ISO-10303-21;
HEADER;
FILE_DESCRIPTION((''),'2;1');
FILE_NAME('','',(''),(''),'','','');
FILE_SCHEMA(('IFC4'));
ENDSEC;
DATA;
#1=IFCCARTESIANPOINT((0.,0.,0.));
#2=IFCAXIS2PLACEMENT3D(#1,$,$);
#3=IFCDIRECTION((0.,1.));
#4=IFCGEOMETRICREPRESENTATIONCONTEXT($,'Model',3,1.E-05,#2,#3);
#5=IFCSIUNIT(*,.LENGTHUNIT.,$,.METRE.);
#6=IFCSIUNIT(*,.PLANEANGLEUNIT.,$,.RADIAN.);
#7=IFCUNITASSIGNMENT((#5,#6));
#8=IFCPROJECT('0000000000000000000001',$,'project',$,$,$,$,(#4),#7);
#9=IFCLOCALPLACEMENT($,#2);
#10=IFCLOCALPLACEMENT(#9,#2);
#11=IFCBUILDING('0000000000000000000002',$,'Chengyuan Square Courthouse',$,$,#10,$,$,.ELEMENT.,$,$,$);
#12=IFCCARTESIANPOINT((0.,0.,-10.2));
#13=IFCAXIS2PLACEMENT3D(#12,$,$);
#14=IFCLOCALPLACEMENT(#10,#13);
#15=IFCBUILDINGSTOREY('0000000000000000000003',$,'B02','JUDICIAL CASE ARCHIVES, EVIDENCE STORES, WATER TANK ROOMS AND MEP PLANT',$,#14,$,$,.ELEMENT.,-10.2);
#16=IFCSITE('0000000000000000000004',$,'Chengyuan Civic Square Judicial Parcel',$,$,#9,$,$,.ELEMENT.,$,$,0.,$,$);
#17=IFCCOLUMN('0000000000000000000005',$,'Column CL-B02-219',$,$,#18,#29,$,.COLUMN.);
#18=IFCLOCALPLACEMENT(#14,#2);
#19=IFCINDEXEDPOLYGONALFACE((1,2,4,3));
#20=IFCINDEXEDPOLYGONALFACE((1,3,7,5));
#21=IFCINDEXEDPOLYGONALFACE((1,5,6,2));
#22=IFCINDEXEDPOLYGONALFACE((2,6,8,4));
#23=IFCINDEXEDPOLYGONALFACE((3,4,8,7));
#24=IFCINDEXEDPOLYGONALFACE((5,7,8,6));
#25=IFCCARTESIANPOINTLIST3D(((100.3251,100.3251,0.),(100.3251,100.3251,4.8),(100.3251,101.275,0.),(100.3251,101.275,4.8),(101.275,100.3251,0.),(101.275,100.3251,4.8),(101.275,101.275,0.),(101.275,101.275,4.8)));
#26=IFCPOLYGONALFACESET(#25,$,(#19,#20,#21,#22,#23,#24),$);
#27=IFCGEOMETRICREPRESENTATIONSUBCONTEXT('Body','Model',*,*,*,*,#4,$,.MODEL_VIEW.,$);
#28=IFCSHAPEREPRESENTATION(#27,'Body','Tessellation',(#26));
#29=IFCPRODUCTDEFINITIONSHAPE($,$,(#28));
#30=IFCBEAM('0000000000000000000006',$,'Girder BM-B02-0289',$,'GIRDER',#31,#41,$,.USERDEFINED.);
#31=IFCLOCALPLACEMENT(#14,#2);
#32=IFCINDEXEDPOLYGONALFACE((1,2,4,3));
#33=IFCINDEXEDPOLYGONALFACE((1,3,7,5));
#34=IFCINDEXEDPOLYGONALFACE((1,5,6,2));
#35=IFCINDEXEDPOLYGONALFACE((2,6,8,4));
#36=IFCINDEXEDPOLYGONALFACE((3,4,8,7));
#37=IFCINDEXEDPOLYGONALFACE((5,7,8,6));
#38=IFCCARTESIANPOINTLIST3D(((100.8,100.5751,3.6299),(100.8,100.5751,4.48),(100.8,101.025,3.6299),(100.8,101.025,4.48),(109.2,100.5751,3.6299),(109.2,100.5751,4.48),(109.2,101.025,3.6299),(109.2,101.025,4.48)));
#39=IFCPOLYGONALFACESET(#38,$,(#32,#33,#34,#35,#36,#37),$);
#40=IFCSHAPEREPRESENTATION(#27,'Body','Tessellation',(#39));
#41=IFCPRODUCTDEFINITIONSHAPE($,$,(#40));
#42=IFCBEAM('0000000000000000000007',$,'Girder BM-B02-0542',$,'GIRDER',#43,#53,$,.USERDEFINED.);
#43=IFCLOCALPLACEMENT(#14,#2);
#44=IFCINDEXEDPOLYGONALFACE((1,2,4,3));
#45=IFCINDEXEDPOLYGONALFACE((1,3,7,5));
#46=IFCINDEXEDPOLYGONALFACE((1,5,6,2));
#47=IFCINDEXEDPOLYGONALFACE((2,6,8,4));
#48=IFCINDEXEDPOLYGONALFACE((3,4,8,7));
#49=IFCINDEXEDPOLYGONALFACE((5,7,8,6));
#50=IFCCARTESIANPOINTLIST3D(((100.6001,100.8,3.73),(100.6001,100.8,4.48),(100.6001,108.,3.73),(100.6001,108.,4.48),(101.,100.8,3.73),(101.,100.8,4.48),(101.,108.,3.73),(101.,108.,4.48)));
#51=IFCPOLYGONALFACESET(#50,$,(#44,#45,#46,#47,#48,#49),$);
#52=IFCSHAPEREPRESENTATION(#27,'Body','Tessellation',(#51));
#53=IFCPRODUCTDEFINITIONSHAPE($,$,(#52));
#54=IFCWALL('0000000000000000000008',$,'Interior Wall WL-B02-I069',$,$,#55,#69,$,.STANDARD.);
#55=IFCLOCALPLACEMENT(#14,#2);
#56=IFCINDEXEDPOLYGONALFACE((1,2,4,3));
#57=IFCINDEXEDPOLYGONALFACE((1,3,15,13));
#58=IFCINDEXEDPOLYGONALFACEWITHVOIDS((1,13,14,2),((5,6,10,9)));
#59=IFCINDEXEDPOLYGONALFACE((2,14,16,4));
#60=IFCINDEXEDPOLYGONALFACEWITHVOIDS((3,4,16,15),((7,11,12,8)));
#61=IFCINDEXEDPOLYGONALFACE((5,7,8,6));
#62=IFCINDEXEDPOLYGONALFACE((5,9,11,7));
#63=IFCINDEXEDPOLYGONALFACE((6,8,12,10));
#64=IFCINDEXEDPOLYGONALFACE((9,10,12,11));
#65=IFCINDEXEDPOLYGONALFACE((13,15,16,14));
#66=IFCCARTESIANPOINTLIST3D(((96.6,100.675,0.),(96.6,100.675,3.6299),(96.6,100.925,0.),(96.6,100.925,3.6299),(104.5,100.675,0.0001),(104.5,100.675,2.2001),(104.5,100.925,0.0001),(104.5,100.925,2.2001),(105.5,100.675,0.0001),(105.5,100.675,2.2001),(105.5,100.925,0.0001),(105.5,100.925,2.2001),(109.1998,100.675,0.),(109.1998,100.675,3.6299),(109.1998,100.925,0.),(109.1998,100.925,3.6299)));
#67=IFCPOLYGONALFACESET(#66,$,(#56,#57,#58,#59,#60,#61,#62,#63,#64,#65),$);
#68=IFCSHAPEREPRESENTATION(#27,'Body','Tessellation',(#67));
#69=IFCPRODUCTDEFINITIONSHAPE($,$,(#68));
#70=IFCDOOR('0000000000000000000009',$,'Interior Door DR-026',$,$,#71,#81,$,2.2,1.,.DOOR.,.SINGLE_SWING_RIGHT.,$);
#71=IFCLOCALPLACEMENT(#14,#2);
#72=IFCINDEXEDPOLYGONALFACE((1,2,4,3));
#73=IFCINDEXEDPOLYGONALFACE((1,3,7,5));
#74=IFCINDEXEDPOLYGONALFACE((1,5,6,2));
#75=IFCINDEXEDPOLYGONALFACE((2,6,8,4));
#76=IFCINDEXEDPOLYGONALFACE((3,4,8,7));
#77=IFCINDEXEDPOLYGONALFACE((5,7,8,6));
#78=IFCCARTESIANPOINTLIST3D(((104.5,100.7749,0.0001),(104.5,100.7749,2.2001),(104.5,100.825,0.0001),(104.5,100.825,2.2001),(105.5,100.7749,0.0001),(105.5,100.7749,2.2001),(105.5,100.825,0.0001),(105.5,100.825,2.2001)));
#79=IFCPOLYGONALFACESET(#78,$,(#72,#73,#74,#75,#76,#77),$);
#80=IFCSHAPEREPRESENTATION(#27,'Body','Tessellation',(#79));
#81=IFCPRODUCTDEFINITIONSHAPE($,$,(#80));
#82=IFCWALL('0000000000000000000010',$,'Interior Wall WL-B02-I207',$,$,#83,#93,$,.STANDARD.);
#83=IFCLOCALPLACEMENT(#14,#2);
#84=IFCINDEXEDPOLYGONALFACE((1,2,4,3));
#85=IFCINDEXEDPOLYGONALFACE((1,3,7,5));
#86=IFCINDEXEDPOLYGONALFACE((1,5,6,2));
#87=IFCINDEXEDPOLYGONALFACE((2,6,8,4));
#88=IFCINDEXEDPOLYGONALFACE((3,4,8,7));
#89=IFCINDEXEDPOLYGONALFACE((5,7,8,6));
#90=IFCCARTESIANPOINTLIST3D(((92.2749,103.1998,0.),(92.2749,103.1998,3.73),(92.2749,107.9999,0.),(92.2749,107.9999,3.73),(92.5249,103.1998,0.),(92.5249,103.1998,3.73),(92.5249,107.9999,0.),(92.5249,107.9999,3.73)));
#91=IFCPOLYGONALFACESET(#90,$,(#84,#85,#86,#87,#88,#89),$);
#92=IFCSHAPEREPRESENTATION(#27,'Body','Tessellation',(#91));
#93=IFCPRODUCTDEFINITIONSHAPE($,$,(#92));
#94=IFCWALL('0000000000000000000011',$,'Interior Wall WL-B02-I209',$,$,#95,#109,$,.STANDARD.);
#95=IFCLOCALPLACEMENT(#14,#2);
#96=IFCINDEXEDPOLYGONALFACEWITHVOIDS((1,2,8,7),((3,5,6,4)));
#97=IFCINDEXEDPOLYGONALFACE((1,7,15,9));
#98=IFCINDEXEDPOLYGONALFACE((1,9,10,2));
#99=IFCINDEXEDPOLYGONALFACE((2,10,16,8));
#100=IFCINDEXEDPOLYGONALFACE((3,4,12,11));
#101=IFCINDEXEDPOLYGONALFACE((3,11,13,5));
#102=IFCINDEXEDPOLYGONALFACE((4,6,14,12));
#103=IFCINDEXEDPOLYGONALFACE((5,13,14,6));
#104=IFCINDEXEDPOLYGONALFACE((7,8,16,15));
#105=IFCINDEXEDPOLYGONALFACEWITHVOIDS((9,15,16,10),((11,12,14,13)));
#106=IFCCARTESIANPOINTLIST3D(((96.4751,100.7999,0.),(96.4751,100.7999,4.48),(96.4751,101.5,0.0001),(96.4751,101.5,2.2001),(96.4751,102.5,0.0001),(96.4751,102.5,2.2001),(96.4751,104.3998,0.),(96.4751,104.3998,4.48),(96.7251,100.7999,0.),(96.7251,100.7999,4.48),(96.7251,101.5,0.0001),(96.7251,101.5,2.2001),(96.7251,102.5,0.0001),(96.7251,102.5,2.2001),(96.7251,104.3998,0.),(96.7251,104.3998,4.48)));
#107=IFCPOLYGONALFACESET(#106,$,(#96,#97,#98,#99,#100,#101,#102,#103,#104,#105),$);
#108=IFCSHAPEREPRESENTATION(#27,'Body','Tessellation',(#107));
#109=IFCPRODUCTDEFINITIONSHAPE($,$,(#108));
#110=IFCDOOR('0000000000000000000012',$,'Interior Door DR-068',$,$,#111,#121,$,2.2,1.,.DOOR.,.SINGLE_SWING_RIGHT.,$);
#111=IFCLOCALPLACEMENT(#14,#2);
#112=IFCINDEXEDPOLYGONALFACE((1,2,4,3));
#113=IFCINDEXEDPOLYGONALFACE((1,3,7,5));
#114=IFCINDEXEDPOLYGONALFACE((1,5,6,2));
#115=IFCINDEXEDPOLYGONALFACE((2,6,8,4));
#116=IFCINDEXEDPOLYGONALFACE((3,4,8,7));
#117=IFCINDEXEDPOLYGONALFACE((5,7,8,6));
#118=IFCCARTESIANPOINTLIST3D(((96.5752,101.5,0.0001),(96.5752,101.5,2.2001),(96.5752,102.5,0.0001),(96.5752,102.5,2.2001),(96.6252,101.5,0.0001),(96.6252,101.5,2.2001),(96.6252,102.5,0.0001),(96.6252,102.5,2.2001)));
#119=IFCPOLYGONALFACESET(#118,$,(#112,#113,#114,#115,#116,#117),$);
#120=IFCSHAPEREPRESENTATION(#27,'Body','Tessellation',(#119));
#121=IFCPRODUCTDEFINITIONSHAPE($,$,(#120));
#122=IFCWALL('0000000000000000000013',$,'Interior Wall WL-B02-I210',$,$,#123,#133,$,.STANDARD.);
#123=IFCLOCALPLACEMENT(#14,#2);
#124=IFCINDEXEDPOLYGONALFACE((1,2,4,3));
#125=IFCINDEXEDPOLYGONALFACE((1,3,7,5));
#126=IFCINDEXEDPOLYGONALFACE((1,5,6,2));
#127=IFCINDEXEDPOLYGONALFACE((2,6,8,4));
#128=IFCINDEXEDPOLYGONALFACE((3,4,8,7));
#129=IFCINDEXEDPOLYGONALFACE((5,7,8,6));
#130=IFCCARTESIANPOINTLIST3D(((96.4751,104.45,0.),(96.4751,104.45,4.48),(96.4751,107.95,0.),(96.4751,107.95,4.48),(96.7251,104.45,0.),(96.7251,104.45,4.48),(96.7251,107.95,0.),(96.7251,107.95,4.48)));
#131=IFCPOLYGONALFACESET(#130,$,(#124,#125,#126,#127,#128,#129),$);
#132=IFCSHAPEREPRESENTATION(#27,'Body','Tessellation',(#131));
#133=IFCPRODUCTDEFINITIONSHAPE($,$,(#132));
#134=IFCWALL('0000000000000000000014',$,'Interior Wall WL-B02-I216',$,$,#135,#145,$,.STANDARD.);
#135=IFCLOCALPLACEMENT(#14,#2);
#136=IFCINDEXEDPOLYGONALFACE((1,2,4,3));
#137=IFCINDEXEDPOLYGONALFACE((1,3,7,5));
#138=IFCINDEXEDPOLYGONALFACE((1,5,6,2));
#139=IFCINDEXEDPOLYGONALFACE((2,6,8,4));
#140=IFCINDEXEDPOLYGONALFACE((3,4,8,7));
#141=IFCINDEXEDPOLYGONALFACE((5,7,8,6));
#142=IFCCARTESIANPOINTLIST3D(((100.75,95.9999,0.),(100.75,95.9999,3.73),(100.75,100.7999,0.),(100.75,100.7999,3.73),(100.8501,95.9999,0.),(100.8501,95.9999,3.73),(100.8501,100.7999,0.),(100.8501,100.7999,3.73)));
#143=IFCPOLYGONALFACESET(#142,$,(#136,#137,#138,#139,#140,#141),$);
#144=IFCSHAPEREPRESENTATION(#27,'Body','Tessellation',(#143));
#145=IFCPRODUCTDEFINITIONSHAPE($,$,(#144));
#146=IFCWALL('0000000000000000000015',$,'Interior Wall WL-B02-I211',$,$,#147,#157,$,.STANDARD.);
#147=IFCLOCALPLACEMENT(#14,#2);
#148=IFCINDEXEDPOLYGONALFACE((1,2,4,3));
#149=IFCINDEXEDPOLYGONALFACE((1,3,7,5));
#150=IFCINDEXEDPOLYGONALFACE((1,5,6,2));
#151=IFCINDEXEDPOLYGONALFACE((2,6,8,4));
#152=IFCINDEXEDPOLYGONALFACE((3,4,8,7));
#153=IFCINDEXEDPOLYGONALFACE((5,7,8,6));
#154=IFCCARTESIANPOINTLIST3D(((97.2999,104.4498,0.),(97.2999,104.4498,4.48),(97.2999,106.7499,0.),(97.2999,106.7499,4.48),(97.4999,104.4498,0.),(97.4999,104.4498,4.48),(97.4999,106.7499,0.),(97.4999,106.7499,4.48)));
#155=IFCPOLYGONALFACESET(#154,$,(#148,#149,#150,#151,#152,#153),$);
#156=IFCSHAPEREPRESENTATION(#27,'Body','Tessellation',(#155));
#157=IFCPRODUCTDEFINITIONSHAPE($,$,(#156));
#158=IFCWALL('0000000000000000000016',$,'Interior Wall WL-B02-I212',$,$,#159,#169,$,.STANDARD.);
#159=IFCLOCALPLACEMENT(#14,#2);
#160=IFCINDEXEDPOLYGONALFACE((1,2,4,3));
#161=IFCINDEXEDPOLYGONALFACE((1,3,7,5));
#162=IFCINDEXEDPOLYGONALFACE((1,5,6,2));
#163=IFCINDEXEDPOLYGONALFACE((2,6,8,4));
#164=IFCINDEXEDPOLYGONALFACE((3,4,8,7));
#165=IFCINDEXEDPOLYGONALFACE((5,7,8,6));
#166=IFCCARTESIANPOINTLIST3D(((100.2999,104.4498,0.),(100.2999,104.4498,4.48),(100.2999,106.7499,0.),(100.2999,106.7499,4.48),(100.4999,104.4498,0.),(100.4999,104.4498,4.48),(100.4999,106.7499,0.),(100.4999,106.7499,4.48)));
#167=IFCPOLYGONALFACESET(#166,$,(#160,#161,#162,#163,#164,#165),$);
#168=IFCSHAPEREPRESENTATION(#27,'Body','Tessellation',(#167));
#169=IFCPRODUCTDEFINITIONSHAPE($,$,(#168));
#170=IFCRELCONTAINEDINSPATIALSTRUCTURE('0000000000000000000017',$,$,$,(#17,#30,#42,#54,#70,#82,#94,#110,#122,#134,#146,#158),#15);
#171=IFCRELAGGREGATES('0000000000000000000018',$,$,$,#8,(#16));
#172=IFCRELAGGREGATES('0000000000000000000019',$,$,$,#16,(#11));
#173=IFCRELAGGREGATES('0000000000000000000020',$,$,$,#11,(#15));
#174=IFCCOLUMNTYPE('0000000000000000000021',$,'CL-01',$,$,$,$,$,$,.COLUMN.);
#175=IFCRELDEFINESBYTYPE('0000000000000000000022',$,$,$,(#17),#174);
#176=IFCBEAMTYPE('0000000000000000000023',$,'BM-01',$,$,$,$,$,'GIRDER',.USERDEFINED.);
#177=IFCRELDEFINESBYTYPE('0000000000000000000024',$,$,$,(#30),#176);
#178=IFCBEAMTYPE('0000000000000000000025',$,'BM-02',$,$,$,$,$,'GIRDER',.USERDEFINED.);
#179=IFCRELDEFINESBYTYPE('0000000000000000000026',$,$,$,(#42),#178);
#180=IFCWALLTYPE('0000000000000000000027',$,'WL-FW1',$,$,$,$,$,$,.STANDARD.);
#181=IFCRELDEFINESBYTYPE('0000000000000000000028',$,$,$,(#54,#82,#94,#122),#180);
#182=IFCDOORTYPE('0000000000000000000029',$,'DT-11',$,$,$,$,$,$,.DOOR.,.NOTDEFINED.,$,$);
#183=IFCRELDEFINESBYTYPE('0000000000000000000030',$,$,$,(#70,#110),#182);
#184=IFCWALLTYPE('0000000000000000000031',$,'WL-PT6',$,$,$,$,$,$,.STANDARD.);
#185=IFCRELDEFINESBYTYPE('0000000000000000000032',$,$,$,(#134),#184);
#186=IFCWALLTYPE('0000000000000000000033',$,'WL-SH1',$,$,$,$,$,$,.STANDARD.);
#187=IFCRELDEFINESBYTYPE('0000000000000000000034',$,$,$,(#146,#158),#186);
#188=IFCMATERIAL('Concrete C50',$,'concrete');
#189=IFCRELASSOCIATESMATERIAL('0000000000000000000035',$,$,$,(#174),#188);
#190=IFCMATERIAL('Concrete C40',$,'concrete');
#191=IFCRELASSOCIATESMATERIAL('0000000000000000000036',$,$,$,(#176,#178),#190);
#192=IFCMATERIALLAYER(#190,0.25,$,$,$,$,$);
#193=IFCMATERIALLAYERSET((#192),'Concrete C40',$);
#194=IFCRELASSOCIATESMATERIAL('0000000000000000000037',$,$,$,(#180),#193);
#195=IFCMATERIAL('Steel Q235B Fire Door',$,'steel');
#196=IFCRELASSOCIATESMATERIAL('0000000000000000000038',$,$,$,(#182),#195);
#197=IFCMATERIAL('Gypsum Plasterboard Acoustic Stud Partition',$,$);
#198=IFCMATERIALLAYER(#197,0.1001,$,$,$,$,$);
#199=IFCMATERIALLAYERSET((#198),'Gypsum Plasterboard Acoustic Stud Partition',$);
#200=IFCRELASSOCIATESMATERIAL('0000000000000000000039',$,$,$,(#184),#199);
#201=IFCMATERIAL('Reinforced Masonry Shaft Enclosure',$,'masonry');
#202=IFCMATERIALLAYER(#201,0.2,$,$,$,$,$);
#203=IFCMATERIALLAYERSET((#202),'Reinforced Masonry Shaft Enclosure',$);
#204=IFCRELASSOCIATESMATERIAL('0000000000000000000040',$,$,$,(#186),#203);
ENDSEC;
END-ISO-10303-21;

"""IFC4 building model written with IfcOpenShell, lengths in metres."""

from ifc_helpers import new_model, si_unit, direction, frame, frame_2d, origin, origin_2d, place, context, subcontext, project, spatial, rectangle, extrude, material, layer, layer_set, material_profile, profile_set, type_object, element, fill, save


model = new_model("IFC4")

# Units and contexts
model_context = context("Model", 3, precision=1e-05, world=origin(), true_north=direction((0.0, 1.0)))
body_context = subcontext(model_context, "Body", "Model", "MODEL_VIEW")
ifc_project = project(units=[si_unit("LENGTHUNIT", "METRE"), si_unit("PLANEANGLEUNIT", "RADIAN")], contexts=[model_context])

# Site, building, storey
site_placement = place(None, origin())
site = spatial("IfcSite", under=ifc_project, at=site_placement, Name="Chengyuan Civic Square Judicial Parcel", CompositionType="ELEMENT", RefElevation=0.0)
building_placement = place(site_placement, origin())
building = spatial("IfcBuilding", under=site, at=building_placement, Name="Chengyuan Square Courthouse", CompositionType="ELEMENT")
storey_placement = place(building_placement, frame((0.0, 0.0, -10.2)))
storey = spatial("IfcBuildingStorey", under=building, at=storey_placement, Name="B02", Description="JUDICIAL CASE ARCHIVES, EVIDENCE STORES, WATER TANK ROOMS AND MEP PLANT", CompositionType="ELEMENT", Elevation=-10.2)

# Shared definitions
ifc_material_1 = material(Name="Concrete C40", Category="concrete")

# Column
ifc_material_2 = material(Name="Concrete C50", Category="concrete")
ifc_material_profile_1 = material_profile(ifc_material_2, rectangle(XDim=0.95, YDim=0.95, at=origin_2d()), Name="RC-COL-950x950")
ifc_profile_set_1 = profile_set([ifc_material_profile_1], Name="Concrete C50")
column_type = type_object("IfcColumnType", Name="CL-01", PredefinedType="COLUMN", material=ifc_profile_set_1)
column_placement = place(storey_placement, frame((100.8, 100.8, 0.0), z_axis=(0.0, 0.0, 1.0), x_axis=(1.0, 0.0, 0.0)))
element("IfcColumn", 1, at=column_placement, inside=storey, type_object=column_type, Name="Column CL-B02-219", PredefinedType="COLUMN", context=body_context, shape_type="SweptSolid", body=[
    extrude(rectangle(XDim=0.95, YDim=0.95, at=origin_2d()), origin(), (0.0, 0.0, 1.0), 4.8),
])

# Beams
ifc_material_profile_2 = material_profile(ifc_material_1, rectangle(XDim=0.45, YDim=0.8501, at=origin_2d()), Name="RC-BM-450x850")
ifc_profile_set_2 = profile_set([ifc_material_profile_2], Name="Concrete C40")
beam_type_1 = type_object("IfcBeamType", Name="BM-01", ElementType="GIRDER", PredefinedType="USERDEFINED", material=ifc_profile_set_2)
beam_1_placement = place(storey_placement, frame((100.8, 100.8, 4.0549), z_axis=(1.0, 0.0, 0.0), x_axis=(0.0, 1.0, 0.0)))
element("IfcBeam", 2, at=beam_1_placement, inside=storey, type_object=beam_type_1, Name="Girder BM-B02-0289", ObjectType="GIRDER", PredefinedType="USERDEFINED", context=body_context, shape_type="SweptSolid", body=[
    extrude(rectangle(XDim=0.45, YDim=0.8501, at=origin_2d()), origin(), (0.0, 0.0, 1.0), 8.3999),
])
ifc_material_profile_3 = material_profile(ifc_material_1, rectangle(XDim=0.3999, YDim=0.75, at=origin_2d()), Name="RC-BM-400x750")
ifc_profile_set_3 = profile_set([ifc_material_profile_3], Name="Concrete C40")
beam_type_2 = type_object("IfcBeamType", Name="BM-02", ElementType="GIRDER", PredefinedType="USERDEFINED", material=ifc_profile_set_3)
beam_2_placement = place(storey_placement, frame((100.8, 100.8, 4.105), z_axis=(0.0, 1.0, 0.0), x_axis=(-1.0, 0.0, 0.0)))
element("IfcBeam", 3, at=beam_2_placement, inside=storey, type_object=beam_type_2, Name="Girder BM-B02-0542", ObjectType="GIRDER", PredefinedType="USERDEFINED", context=body_context, shape_type="SweptSolid", body=[
    extrude(rectangle(XDim=0.3999, YDim=0.75, at=origin_2d()), origin(), (0.0, 0.0, 1.0), 7.2),
])

# Wall, opening, door
ifc_layer_1 = layer(ifc_material_1, 0.25)
ifc_layer_set_1 = layer_set([ifc_layer_1], Name="Concrete C40")
wall_type_1 = type_object("IfcWallType", Name="WL-FW1", PredefinedType="STANDARD", material=ifc_layer_set_1)
wall_1_placement = place(storey_placement, frame((96.6001, 100.8, 0.0), z_axis=(0.0, 0.0, 1.0), x_axis=(1.0, 0.0, 0.0)))
wall_1 = element("IfcWall", 4, at=wall_1_placement, inside=storey, type_object=wall_type_1, Name="Interior Wall WL-B02-I069", PredefinedType="STANDARD", context=body_context, shape_type="SweptSolid", body=[
    extrude(rectangle(XDim=12.5999, YDim=0.25, at=frame_2d((6.2998, 0.0))), origin(), (0.0, 0.0, 1.0), 3.6299),
])
opening_1_placement = place(wall_1_placement, frame((7.8999, 0.0, 0.0)))
opening_1 = element("IfcOpeningElement", 5, at=opening_1_placement, cuts=wall_1, PredefinedType="OPENING", context=body_context, shape_type="SweptSolid", body=[
    extrude(rectangle(XDim=1.0, YDim=2.2, at=frame_2d((0.5, 1.1001))), frame((0.0, 0.137, 0.0), z_axis=(0.0, -1.0, 0.0), x_axis=(1.0, 0.0, 0.0)), (0.0, 0.0, 1.0), 0.2739),
])
ifc_material_3 = material(Name="Steel Q235B Fire Door", Category="steel")
door_type_1 = type_object("IfcDoorType", Name="DT-11", OperationType="NOTDEFINED", PredefinedType="DOOR", material=ifc_material_3)
door_1_placement = place(opening_1_placement, origin())
door_1 = element("IfcDoor", 6, at=door_1_placement, inside=storey, type_object=door_type_1, Name="Interior Door DR-026", OperationType="SINGLE_SWING_RIGHT", OverallHeight=2.2, OverallWidth=1.0, PredefinedType="DOOR", context=body_context, shape_type="SweptSolid", body=[
    extrude(rectangle(XDim=1.0, YDim=2.2, at=frame_2d((0.5, 1.1001))), frame((0.0, 0.0249, 0.0), z_axis=(0.0, -1.0, 0.0), x_axis=(1.0, 0.0, 0.0)), (0.0, 0.0, 1.0), 0.05),
])
fill(opening_1, door_1)

# Wall
wall_2_placement = place(storey_placement, frame((92.3999, 103.2, 0.0), z_axis=(0.0, 0.0, 1.0), x_axis=(0.0, 1.0, 0.0)))
element("IfcWall", 7, at=wall_2_placement, inside=storey, type_object=wall_type_1, Name="Interior Wall WL-B02-I207", PredefinedType="STANDARD", context=body_context, shape_type="SweptSolid", body=[
    extrude(rectangle(XDim=4.8, YDim=0.25, at=frame_2d((2.3999, 0.0))), origin(), (0.0, 0.0, 1.0), 3.73),
])

# Wall, opening, door
wall_3_placement = place(storey_placement, frame((96.6001, 100.8, 0.0), z_axis=(0.0, 0.0, 1.0), x_axis=(0.0, 1.0, 0.0)))
wall_3 = element("IfcWall", 8, at=wall_3_placement, inside=storey, type_object=wall_type_1, Name="Interior Wall WL-B02-I209", PredefinedType="STANDARD", context=body_context, shape_type="SweptSolid", body=[
    extrude(rectangle(XDim=3.5999, YDim=0.25, at=frame_2d((1.7998, 0.0))), origin(), (0.0, 0.0, 1.0), 4.48),
])
opening_2_placement = place(wall_3_placement, frame((0.7, 0.0, 0.0)))
opening_2 = element("IfcOpeningElement", 9, at=opening_2_placement, cuts=wall_3, PredefinedType="OPENING", context=body_context, shape_type="SweptSolid", body=[
    extrude(rectangle(XDim=1.0, YDim=2.2, at=frame_2d((0.5, 1.1001))), frame((0.0, 0.137, 0.0), z_axis=(0.0, -1.0, 0.0), x_axis=(1.0, 0.0, 0.0)), (0.0, 0.0, 1.0), 0.2739),
])
door_2_placement = place(opening_2_placement, origin())
door_2 = element("IfcDoor", 10, at=door_2_placement, inside=storey, type_object=door_type_1, Name="Interior Door DR-068", OperationType="SINGLE_SWING_RIGHT", OverallHeight=2.2, OverallWidth=1.0, PredefinedType="DOOR", context=body_context, shape_type="SweptSolid", body=[
    extrude(rectangle(XDim=1.0, YDim=2.2, at=frame_2d((0.5, 1.1001))), frame((0.0, 0.0249, 0.0), z_axis=(0.0, -1.0, 0.0), x_axis=(1.0, 0.0, 0.0)), (0.0, 0.0, 1.0), 0.05),
])
fill(opening_2, door_2)

# Wall
wall_4_placement = place(storey_placement, frame((96.6001, 104.45, 0.0), z_axis=(0.0, 0.0, 1.0), x_axis=(0.0, 1.0, 0.0)))
element("IfcWall", 11, at=wall_4_placement, inside=storey, type_object=wall_type_1, Name="Interior Wall WL-B02-I210", PredefinedType="STANDARD", context=body_context, shape_type="SweptSolid", body=[
    extrude(rectangle(XDim=3.5, YDim=0.25, at=frame_2d((1.75, 0.0))), origin(), (0.0, 0.0, 1.0), 4.48),
])

# Wall
ifc_material_4 = material(Name="Gypsum Plasterboard Acoustic Stud Partition")
ifc_layer_2 = layer(ifc_material_4, 0.1001)
ifc_layer_set_2 = layer_set([ifc_layer_2], Name="Gypsum Plasterboard Acoustic Stud Partition")
wall_type_2 = type_object("IfcWallType", Name="WL-PT6", PredefinedType="STANDARD", material=ifc_layer_set_2)
wall_5_placement = place(storey_placement, frame((100.8, 96.0, 0.0), z_axis=(0.0, 0.0, 1.0), x_axis=(0.0, 1.0, 0.0)))
element("IfcWall", 12, at=wall_5_placement, inside=storey, type_object=wall_type_2, Name="Interior Wall WL-B02-I216", PredefinedType="STANDARD", context=body_context, shape_type="SweptSolid", body=[
    extrude(rectangle(XDim=4.8, YDim=0.1001, at=frame_2d((2.3999, 0.0))), origin(), (0.0, 0.0, 1.0), 3.73),
])

# Shared definitions
ifc_material_5 = material(Name="Reinforced Masonry Shaft Enclosure", Category="masonry")
ifc_layer_3 = layer(ifc_material_5, 0.2)
ifc_layer_set_3 = layer_set([ifc_layer_3], Name="Reinforced Masonry Shaft Enclosure")
wall_type_3 = type_object("IfcWallType", Name="WL-SH1", PredefinedType="STANDARD", material=ifc_layer_set_3)

# Walls
for number, where, z_axis, x_axis, name in (
    (13, (97.3999, 104.45, 0.0), (0.0, 0.0, 1.0), (0.0, 1.0, 0.0), "Interior Wall WL-B02-I211"),
    (14, (100.3999, 104.45, 0.0), (0.0, 0.0, 1.0), (0.0, 1.0, 0.0), "Interior Wall WL-B02-I212"),
):
    element("IfcWall", number, at=place(storey_placement, frame(where, z_axis=z_axis, x_axis=x_axis)), inside=storey, type_object=wall_type_3, Name=name, PredefinedType="STANDARD", context=body_context, shape_type="SweptSolid", body=[
        extrude(rectangle(XDim=2.3, YDim=0.2, at=frame_2d((1.1499, 0.0))), origin(), (0.0, 0.0, 1.0), 4.48),
    ])

save(model, "model.ifc")
